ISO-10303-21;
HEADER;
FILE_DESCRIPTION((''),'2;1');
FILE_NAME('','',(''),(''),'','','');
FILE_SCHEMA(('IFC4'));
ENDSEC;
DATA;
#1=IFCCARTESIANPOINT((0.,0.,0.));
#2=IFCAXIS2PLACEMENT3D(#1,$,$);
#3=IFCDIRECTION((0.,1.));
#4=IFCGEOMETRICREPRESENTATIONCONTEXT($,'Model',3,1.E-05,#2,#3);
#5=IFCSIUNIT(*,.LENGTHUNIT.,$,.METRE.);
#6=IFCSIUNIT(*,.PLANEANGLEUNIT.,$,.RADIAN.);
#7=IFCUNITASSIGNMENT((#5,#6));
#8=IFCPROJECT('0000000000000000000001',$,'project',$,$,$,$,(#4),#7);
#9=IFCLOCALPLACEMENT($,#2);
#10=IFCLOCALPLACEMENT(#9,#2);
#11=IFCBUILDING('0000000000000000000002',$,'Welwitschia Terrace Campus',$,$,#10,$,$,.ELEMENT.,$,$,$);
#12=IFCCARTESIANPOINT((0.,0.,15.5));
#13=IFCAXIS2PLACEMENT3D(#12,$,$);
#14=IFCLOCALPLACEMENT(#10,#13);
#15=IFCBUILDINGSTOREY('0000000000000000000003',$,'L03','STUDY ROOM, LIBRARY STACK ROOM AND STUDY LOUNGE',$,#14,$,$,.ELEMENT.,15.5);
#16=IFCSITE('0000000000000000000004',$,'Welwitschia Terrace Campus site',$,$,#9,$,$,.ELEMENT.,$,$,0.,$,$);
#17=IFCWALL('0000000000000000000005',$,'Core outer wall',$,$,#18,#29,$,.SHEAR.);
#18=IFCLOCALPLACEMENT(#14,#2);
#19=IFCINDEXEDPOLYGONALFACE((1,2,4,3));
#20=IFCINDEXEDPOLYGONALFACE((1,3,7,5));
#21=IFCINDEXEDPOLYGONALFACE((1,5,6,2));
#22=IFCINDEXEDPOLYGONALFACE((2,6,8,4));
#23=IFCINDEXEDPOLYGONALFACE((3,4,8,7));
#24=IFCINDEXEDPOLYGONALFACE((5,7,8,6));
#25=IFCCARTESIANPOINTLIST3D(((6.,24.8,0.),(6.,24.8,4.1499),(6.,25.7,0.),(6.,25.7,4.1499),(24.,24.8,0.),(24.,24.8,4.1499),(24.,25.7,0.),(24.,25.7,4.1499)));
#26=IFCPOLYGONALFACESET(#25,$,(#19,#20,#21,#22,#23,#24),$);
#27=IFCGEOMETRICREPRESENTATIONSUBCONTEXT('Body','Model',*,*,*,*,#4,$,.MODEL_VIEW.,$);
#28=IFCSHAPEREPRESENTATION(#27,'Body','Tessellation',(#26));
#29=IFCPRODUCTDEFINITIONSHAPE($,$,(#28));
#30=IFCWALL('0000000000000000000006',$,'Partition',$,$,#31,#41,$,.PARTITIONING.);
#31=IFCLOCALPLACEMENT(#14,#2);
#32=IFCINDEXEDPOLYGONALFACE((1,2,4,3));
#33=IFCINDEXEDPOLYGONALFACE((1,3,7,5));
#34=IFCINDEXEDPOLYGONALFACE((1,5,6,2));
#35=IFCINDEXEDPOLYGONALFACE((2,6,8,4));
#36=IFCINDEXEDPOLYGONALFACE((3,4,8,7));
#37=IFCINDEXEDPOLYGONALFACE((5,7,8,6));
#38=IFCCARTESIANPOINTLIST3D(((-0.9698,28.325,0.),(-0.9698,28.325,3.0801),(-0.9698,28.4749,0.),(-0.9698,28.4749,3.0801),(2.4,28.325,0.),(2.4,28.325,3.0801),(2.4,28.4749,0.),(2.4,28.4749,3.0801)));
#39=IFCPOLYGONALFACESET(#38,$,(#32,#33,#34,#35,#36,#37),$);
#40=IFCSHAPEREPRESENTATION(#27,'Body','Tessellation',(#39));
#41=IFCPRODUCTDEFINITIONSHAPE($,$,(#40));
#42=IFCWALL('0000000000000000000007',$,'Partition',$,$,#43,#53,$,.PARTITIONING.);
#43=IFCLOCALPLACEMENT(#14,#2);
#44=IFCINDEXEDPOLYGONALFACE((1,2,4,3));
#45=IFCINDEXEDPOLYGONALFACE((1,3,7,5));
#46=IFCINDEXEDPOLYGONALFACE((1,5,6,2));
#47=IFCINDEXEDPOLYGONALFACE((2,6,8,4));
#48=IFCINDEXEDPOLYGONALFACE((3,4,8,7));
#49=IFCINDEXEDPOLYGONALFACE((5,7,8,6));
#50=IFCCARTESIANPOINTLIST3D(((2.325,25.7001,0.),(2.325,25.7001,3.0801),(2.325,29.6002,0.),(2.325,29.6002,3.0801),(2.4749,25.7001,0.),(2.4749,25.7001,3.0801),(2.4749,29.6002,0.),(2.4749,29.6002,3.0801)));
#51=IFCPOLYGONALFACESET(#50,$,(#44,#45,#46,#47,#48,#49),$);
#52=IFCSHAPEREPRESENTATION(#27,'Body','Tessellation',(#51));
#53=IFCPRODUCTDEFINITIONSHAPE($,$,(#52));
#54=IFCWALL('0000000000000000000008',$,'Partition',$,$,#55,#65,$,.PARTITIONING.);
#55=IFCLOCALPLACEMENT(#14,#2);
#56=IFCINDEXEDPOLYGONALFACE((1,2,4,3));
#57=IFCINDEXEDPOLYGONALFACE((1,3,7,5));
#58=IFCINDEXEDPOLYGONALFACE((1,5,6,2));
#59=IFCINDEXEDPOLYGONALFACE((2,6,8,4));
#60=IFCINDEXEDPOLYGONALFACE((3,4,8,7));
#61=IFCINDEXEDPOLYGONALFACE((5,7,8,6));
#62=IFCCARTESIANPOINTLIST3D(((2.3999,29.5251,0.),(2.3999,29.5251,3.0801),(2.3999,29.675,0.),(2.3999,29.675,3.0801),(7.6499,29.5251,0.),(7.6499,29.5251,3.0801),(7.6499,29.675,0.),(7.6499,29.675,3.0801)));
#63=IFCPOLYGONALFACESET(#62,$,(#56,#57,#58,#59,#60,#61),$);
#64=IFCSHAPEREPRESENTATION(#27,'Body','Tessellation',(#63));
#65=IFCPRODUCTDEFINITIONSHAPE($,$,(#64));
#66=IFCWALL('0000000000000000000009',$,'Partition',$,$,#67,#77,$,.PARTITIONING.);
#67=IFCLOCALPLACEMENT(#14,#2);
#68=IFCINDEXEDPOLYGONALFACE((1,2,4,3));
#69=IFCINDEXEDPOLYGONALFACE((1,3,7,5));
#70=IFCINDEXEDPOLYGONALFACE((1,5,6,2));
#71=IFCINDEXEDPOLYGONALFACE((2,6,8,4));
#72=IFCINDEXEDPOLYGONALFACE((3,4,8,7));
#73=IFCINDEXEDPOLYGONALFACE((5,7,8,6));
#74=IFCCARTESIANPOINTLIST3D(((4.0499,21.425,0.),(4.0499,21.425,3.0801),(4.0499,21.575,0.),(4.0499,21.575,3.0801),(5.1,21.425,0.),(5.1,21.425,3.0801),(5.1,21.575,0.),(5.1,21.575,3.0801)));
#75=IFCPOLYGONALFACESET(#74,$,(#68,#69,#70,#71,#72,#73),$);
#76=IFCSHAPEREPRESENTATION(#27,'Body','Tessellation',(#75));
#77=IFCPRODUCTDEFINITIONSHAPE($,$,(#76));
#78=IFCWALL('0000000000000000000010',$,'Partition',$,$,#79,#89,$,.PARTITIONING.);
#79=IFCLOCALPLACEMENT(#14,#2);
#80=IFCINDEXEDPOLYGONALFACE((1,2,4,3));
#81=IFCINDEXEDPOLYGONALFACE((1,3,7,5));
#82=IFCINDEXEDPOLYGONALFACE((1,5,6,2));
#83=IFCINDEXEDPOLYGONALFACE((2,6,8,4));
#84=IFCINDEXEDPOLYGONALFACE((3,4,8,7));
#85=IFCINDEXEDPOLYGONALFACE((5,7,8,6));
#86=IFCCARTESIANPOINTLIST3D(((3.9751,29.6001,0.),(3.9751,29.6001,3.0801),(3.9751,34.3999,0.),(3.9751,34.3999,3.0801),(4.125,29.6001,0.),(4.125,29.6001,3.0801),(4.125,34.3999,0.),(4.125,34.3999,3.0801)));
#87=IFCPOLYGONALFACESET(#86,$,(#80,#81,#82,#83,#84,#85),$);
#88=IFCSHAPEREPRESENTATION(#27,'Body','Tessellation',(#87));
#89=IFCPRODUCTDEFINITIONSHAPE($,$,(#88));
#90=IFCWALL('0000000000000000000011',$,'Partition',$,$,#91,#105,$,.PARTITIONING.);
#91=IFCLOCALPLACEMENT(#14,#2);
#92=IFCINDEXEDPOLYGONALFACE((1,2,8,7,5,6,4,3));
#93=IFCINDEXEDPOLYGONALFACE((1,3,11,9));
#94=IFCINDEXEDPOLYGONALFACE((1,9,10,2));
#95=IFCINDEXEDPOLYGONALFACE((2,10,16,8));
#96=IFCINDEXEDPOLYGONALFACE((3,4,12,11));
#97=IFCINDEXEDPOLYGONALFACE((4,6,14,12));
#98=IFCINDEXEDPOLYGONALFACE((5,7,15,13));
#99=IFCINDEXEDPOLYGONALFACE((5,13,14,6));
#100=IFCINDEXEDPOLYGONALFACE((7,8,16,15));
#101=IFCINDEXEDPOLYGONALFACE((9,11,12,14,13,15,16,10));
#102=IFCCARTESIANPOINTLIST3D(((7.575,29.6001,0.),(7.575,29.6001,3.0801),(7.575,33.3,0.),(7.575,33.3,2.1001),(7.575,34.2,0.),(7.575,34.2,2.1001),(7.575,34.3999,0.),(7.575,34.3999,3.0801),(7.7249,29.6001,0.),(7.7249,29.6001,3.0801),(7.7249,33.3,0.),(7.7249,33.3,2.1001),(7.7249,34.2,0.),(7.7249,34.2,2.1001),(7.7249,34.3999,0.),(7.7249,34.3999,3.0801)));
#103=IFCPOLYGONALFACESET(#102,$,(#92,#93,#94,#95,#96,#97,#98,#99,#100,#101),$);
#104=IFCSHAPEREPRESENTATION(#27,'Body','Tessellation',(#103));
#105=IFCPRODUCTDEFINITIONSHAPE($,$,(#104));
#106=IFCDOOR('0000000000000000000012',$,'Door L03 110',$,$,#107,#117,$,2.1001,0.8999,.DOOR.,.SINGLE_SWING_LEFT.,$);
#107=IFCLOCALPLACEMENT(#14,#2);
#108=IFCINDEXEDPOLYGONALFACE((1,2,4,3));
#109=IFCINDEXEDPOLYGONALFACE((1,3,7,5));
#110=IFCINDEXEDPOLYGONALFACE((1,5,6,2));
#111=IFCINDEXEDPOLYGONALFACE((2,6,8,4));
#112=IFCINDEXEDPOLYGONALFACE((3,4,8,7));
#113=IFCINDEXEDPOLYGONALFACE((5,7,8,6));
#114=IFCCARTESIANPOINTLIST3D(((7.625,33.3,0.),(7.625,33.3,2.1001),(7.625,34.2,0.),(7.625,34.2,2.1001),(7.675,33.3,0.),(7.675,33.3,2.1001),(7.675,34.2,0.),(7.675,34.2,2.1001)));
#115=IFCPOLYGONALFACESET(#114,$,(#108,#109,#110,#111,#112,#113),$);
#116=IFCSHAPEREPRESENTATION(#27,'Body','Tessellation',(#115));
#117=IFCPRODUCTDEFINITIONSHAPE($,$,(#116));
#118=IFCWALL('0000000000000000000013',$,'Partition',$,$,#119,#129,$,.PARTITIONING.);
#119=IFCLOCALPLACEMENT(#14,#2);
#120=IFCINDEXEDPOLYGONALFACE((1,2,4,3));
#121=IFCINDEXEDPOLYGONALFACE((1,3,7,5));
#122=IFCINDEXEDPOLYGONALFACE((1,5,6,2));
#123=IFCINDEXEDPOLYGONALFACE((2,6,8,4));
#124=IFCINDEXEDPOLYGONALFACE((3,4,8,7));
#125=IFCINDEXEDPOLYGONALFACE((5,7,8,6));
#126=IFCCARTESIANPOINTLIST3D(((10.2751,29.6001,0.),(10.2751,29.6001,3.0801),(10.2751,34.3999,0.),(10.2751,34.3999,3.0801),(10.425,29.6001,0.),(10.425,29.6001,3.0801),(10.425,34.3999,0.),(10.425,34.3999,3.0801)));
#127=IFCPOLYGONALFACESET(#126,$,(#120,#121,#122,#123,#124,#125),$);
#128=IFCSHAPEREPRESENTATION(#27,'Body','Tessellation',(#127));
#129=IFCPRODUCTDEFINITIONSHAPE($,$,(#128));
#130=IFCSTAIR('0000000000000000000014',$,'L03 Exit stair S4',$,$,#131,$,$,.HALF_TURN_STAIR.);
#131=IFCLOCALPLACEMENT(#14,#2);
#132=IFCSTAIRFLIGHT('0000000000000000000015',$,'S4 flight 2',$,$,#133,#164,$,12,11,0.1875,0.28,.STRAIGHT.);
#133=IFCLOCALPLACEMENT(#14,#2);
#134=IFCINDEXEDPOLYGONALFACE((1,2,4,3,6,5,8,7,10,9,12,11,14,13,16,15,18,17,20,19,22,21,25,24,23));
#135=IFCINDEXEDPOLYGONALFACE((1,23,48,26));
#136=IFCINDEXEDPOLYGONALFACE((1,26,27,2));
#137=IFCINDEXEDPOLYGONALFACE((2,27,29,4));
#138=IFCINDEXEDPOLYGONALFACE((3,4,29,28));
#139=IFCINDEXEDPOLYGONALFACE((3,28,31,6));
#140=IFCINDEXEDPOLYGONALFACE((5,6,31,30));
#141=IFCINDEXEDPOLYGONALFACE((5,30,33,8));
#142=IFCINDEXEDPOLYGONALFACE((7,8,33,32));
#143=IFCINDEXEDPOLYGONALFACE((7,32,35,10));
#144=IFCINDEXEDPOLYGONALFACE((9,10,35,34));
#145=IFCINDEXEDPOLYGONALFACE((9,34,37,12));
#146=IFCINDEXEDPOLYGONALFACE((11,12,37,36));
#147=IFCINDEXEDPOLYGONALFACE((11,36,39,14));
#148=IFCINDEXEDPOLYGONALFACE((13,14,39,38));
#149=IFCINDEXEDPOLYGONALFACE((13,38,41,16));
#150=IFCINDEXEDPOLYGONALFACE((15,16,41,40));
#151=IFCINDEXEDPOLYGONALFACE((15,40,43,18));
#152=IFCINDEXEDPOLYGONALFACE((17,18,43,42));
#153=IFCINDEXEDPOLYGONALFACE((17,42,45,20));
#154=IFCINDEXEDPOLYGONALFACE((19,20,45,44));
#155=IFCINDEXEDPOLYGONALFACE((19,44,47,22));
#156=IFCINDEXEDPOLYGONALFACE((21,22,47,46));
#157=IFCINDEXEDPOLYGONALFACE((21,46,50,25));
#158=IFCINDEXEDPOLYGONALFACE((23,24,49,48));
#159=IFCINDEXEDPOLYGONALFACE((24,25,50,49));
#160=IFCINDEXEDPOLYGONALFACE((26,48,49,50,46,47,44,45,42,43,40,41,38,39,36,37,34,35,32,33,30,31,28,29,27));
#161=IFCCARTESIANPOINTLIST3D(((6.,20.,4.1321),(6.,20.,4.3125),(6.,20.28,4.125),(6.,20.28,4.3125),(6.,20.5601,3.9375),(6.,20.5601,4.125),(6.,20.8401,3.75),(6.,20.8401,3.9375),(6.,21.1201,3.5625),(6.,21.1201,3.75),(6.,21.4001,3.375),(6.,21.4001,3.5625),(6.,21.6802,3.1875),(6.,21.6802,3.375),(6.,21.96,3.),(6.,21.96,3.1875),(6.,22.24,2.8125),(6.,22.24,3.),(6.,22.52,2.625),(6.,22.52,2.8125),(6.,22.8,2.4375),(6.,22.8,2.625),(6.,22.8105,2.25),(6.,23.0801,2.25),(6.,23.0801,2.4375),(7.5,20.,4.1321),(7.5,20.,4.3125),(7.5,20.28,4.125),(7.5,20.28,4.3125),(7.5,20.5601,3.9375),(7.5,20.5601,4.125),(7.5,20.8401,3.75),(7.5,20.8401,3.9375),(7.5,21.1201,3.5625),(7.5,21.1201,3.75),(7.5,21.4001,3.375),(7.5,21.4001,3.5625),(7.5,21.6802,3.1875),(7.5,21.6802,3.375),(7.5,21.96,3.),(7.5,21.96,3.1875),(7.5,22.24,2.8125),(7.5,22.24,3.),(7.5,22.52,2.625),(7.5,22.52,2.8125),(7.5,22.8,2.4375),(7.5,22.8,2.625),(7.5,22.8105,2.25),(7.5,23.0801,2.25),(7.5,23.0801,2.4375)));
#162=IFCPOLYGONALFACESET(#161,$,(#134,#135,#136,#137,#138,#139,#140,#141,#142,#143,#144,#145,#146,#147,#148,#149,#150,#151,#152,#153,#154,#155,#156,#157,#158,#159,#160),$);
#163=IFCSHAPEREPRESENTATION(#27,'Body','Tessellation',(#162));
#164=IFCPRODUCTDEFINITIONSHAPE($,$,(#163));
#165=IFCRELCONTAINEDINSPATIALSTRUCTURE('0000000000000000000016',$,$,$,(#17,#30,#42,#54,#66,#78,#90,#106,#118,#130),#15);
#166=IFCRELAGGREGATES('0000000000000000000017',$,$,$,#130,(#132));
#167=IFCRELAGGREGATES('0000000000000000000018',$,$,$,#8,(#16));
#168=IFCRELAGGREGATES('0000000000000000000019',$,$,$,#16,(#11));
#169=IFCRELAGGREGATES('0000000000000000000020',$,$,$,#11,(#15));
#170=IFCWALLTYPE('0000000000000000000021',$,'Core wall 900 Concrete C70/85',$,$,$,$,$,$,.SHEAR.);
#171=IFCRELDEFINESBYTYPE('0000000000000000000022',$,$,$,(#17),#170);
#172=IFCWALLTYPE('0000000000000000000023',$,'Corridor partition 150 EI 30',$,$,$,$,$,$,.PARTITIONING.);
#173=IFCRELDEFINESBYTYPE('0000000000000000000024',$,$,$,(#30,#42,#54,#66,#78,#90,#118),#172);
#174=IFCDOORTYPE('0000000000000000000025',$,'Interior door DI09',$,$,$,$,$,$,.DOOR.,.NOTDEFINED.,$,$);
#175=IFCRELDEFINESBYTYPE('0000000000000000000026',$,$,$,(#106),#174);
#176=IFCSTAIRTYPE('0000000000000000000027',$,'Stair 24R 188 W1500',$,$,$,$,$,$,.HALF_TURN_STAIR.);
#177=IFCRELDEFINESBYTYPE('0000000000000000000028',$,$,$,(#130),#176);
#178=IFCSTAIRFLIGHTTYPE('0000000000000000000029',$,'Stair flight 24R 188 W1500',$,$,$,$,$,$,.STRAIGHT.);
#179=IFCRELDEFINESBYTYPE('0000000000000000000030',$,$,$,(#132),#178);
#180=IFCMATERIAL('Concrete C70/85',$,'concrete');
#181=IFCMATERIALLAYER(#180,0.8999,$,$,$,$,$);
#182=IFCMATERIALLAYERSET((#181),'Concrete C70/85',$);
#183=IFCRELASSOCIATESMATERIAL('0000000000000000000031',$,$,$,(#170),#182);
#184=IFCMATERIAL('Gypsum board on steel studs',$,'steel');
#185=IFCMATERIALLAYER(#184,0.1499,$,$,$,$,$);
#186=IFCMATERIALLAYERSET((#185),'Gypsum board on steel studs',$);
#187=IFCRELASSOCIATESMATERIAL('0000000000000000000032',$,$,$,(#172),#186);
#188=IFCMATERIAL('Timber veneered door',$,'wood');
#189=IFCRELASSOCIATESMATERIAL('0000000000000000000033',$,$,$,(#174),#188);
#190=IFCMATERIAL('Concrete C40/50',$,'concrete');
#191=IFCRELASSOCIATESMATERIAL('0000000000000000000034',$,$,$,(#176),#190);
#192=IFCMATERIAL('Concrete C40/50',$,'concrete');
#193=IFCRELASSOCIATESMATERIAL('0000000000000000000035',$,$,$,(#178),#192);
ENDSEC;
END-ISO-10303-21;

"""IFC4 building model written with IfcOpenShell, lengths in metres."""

from ifc_helpers import new_model, si_unit, direction, frame, frame_2d, origin, place, context, subcontext, project, spatial, polyline, rectangle, outline, extrude, material, layer, layer_set, type_object, element, fill, aggregate, save


model = new_model("IFC4")

# Units and contexts
model_context = context("Model", 3, precision=1e-05, world=origin(), true_north=direction((0.0, 1.0)))
body_context = subcontext(model_context, "Body", "Model", "MODEL_VIEW")
ifc_project = project(units=[si_unit("LENGTHUNIT", "METRE"), si_unit("PLANEANGLEUNIT", "RADIAN")], contexts=[model_context])

# Site, building, storey
site_placement = place(None, origin())
site = spatial("IfcSite", under=ifc_project, at=site_placement, Name="Welwitschia Terrace Campus site", CompositionType="ELEMENT", RefElevation=0.0)
building_placement = place(site_placement, origin())
building = spatial("IfcBuilding", under=site, at=building_placement, Name="Welwitschia Terrace Campus", CompositionType="ELEMENT")
storey_placement = place(building_placement, frame((0.0, 0.0, 15.5)))
storey = spatial("IfcBuildingStorey", under=building, at=storey_placement, Name="L03", Description="STUDY ROOM, LIBRARY STACK ROOM AND STUDY LOUNGE", CompositionType="ELEMENT", Elevation=15.5)

# Walls
ifc_material_1 = material(Name="Concrete C70/85", Category="concrete")
ifc_layer_1 = layer(ifc_material_1, 0.8999)
ifc_layer_set_1 = layer_set([ifc_layer_1], Name="Concrete C70/85")
wall_type_1 = type_object("IfcWallType", Name="Core wall 900 Concrete C70/85", PredefinedType="SHEAR", material=ifc_layer_set_1)
wall_1_placement = place(storey_placement, frame((6.0, 25.25, 0.0), z_axis=(0.0, 0.0, 1.0), x_axis=(1.0, 0.0, 0.0)))
element("IfcWall", 1, at=wall_1_placement, inside=storey, type_object=wall_type_1, Name="Core outer wall", PredefinedType="SHEAR", context=body_context, shape_type="SweptSolid", body=[
    extrude(rectangle(XDim=18.0, YDim=0.8999, at=frame_2d((9.0, 0.0))), origin(), (0.0, 0.0, 1.0), 4.1499),
])
ifc_material_2 = material(Name="Gypsum board on steel studs", Category="steel")
ifc_layer_2 = layer(ifc_material_2, 0.1499)
ifc_layer_set_2 = layer_set([ifc_layer_2], Name="Gypsum board on steel studs")
wall_type_2 = type_object("IfcWallType", Name="Corridor partition 150 EI 30", PredefinedType="PARTITIONING", material=ifc_layer_set_2)
wall_2_placement = place(storey_placement, frame((-0.97, 28.3999, 0.0), z_axis=(0.0, 0.0, 1.0), x_axis=(1.0, 0.0, 0.0)))
element("IfcWall", 2, at=wall_2_placement, inside=storey, type_object=wall_type_2, Name="Partition", PredefinedType="PARTITIONING", context=body_context, shape_type="SweptSolid", body=[
    extrude(rectangle(XDim=3.3699, YDim=0.1499, at=frame_2d((1.6851, 0.0))), origin(), (0.0, 0.0, 1.0), 3.0801),
])
wall_3_placement = place(storey_placement, frame((2.3999, 25.7, 0.0), z_axis=(0.0, 0.0, 1.0), x_axis=(0.0, 1.0, 0.0)))
element("IfcWall", 3, at=wall_3_placement, inside=storey, type_object=wall_type_2, Name="Partition", PredefinedType="PARTITIONING", context=body_context, shape_type="SweptSolid", body=[
    extrude(rectangle(XDim=3.9001, YDim=0.1499, at=frame_2d((1.9502, 0.0))), origin(), (0.0, 0.0, 1.0), 3.0801),
])
wall_4_placement = place(storey_placement, frame((2.3999, 29.6001, 0.0), z_axis=(0.0, 0.0, 1.0), x_axis=(1.0, 0.0, 0.0)))
element("IfcWall", 4, at=wall_4_placement, inside=storey, type_object=wall_type_2, Name="Partition", PredefinedType="PARTITIONING", context=body_context, shape_type="SweptSolid", body=[
    extrude(rectangle(XDim=5.25, YDim=0.1499, at=frame_2d((2.625, 0.0))), origin(), (0.0, 0.0, 1.0), 3.0801),
])
wall_5_placement = place(storey_placement, frame((4.05, 21.5, 0.0), z_axis=(0.0, 0.0, 1.0), x_axis=(1.0, 0.0, 0.0)))
element("IfcWall", 5, at=wall_5_placement, inside=storey, type_object=wall_type_2, Name="Partition", PredefinedType="PARTITIONING", context=body_context, shape_type="SweptSolid", body=[
    extrude(rectangle(XDim=1.05, YDim=0.1499, at=frame_2d((0.5249, 0.0))), origin(), (0.0, 0.0, 1.0), 3.0801),
])
wall_6_placement = place(storey_placement, frame((4.05, 29.6001, 0.0), z_axis=(0.0, 0.0, 1.0), x_axis=(0.0, 1.0, 0.0)))
element("IfcWall", 6, at=wall_6_placement, inside=storey, type_object=wall_type_2, Name="Partition", PredefinedType="PARTITIONING", context=body_context, shape_type="SweptSolid", body=[
    extrude(rectangle(XDim=4.7998, YDim=0.1499, at=frame_2d((2.3999, 0.0))), origin(), (0.0, 0.0, 1.0), 3.0801),
])

# Wall, opening, door
wall_7_placement = place(storey_placement, frame((7.6499, 29.6001, 0.0), z_axis=(0.0, 0.0, 1.0), x_axis=(0.0, 1.0, 0.0)))
wall_7 = element("IfcWall", 7, at=wall_7_placement, inside=storey, type_object=wall_type_2, Name="Partition", PredefinedType="PARTITIONING", context=body_context, shape_type="SweptSolid", body=[
    extrude(rectangle(XDim=4.7998, YDim=0.1499, at=frame_2d((2.3999, 0.0))), origin(), (0.0, 0.0, 1.0), 3.0801),
])
opening_placement = place(wall_7_placement, frame((3.7, 0.0, 0.0)))
opening = element("IfcOpeningElement", 8, at=opening_placement, cuts=wall_7, PredefinedType="OPENING", context=body_context, shape_type="SweptSolid", body=[
    extrude(rectangle(XDim=0.8999, YDim=2.1001, at=frame_2d((0.45, 1.05))), frame((0.0, 0.085, 0.0), z_axis=(0.0, -1.0, 0.0), x_axis=(1.0, 0.0, 0.0)), (0.0, 0.0, 1.0), 0.1699),
])
ifc_material_3 = material(Name="Timber veneered door", Category="wood")
door_type = type_object("IfcDoorType", Name="Interior door DI09", OperationType="NOTDEFINED", PredefinedType="DOOR", material=ifc_material_3)
door_placement = place(opening_placement, origin())
door = element("IfcDoor", 9, at=door_placement, inside=storey, type_object=door_type, Name="Door L03 110", OperationType="SINGLE_SWING_LEFT", OverallHeight=2.1001, OverallWidth=0.8999, PredefinedType="DOOR", context=body_context, shape_type="SweptSolid", body=[
    extrude(rectangle(XDim=0.8999, YDim=2.1001, at=frame_2d((0.45, 1.05))), frame((0.0, 0.0249, 0.0), z_axis=(0.0, -1.0, 0.0), x_axis=(1.0, 0.0, 0.0)), (0.0, 0.0, 1.0), 0.05),
])
fill(opening, door)

# Wall
wall_8_placement = place(storey_placement, frame((10.3501, 29.6001, 0.0), z_axis=(0.0, 0.0, 1.0), x_axis=(0.0, 1.0, 0.0)))
element("IfcWall", 10, at=wall_8_placement, inside=storey, type_object=wall_type_2, Name="Partition", PredefinedType="PARTITIONING", context=body_context, shape_type="SweptSolid", body=[
    extrude(rectangle(XDim=4.7998, YDim=0.1499, at=frame_2d((2.3999, 0.0))), origin(), (0.0, 0.0, 1.0), 3.0801),
])

# Stair, stair flight
ifc_material_4 = material(Name="Concrete C40/50", Category="concrete")
stair_type = type_object("IfcStairType", Name="Stair 24R 188 W1500", PredefinedType="HALF_TURN_STAIR", material=ifc_material_4)
stair_placement = place(storey_placement, origin())
stair = element("IfcStair", 11, at=stair_placement, inside=storey, type_object=stair_type, Name="L03 Exit stair S4", PredefinedType="HALF_TURN_STAIR")
ifc_material_5 = material(Name="Concrete C40/50", Category="concrete")
stair_flight_type = type_object("IfcStairFlightType", Name="Stair flight 24R 188 W1500", PredefinedType="STRAIGHT", material=ifc_material_5)
stair_flight_placement = place(storey_placement, frame((6.75, 23.0801, 2.25), z_axis=(0.0, 0.0, 1.0), x_axis=(0.0, -1.0, 0.0)))
stair_flight = element("IfcStairFlight", 12, at=stair_flight_placement, type_object=stair_flight_type, Name="S4 flight 2", NumberOfRisers=12, NumberOfTreads=11, PredefinedType="STRAIGHT", RiserHeight=0.1875, TreadLength=0.28, context=body_context, shape_type="SweptSolid", body=[
    extrude(outline(polyline([(0.0, 0.0), (0.0, 0.1875), (0.28, 0.1875), (0.28, 0.375), (0.5601, 0.375), (0.5601, 0.5625), (0.8401, 0.5625), (0.8401, 0.75), (1.1201, 0.75), (1.1201, 0.9375), (1.3999, 0.9375), (1.3999, 1.125), (1.6799, 1.125), (1.6799, 1.3125), (1.96, 1.3125), (1.96, 1.5), (2.24, 1.5), (2.24, 1.6875), (2.52, 1.6875), (2.52, 1.875), (2.8, 1.875), (2.8, 2.0625), (3.0801, 2.0625), (3.0801, 2.25), (3.0801, 1.8821), (0.2695, 0.0), (0.0, 0.0)])), frame((0.0, 0.75, 0.0), z_axis=(0.0, -1.0, 0.0), x_axis=(1.0, 0.0, 0.0)), (0.0, 0.0, 1.0), 1.5),
])
aggregate(stair, [stair_flight])

save(model, "model.ifc")
